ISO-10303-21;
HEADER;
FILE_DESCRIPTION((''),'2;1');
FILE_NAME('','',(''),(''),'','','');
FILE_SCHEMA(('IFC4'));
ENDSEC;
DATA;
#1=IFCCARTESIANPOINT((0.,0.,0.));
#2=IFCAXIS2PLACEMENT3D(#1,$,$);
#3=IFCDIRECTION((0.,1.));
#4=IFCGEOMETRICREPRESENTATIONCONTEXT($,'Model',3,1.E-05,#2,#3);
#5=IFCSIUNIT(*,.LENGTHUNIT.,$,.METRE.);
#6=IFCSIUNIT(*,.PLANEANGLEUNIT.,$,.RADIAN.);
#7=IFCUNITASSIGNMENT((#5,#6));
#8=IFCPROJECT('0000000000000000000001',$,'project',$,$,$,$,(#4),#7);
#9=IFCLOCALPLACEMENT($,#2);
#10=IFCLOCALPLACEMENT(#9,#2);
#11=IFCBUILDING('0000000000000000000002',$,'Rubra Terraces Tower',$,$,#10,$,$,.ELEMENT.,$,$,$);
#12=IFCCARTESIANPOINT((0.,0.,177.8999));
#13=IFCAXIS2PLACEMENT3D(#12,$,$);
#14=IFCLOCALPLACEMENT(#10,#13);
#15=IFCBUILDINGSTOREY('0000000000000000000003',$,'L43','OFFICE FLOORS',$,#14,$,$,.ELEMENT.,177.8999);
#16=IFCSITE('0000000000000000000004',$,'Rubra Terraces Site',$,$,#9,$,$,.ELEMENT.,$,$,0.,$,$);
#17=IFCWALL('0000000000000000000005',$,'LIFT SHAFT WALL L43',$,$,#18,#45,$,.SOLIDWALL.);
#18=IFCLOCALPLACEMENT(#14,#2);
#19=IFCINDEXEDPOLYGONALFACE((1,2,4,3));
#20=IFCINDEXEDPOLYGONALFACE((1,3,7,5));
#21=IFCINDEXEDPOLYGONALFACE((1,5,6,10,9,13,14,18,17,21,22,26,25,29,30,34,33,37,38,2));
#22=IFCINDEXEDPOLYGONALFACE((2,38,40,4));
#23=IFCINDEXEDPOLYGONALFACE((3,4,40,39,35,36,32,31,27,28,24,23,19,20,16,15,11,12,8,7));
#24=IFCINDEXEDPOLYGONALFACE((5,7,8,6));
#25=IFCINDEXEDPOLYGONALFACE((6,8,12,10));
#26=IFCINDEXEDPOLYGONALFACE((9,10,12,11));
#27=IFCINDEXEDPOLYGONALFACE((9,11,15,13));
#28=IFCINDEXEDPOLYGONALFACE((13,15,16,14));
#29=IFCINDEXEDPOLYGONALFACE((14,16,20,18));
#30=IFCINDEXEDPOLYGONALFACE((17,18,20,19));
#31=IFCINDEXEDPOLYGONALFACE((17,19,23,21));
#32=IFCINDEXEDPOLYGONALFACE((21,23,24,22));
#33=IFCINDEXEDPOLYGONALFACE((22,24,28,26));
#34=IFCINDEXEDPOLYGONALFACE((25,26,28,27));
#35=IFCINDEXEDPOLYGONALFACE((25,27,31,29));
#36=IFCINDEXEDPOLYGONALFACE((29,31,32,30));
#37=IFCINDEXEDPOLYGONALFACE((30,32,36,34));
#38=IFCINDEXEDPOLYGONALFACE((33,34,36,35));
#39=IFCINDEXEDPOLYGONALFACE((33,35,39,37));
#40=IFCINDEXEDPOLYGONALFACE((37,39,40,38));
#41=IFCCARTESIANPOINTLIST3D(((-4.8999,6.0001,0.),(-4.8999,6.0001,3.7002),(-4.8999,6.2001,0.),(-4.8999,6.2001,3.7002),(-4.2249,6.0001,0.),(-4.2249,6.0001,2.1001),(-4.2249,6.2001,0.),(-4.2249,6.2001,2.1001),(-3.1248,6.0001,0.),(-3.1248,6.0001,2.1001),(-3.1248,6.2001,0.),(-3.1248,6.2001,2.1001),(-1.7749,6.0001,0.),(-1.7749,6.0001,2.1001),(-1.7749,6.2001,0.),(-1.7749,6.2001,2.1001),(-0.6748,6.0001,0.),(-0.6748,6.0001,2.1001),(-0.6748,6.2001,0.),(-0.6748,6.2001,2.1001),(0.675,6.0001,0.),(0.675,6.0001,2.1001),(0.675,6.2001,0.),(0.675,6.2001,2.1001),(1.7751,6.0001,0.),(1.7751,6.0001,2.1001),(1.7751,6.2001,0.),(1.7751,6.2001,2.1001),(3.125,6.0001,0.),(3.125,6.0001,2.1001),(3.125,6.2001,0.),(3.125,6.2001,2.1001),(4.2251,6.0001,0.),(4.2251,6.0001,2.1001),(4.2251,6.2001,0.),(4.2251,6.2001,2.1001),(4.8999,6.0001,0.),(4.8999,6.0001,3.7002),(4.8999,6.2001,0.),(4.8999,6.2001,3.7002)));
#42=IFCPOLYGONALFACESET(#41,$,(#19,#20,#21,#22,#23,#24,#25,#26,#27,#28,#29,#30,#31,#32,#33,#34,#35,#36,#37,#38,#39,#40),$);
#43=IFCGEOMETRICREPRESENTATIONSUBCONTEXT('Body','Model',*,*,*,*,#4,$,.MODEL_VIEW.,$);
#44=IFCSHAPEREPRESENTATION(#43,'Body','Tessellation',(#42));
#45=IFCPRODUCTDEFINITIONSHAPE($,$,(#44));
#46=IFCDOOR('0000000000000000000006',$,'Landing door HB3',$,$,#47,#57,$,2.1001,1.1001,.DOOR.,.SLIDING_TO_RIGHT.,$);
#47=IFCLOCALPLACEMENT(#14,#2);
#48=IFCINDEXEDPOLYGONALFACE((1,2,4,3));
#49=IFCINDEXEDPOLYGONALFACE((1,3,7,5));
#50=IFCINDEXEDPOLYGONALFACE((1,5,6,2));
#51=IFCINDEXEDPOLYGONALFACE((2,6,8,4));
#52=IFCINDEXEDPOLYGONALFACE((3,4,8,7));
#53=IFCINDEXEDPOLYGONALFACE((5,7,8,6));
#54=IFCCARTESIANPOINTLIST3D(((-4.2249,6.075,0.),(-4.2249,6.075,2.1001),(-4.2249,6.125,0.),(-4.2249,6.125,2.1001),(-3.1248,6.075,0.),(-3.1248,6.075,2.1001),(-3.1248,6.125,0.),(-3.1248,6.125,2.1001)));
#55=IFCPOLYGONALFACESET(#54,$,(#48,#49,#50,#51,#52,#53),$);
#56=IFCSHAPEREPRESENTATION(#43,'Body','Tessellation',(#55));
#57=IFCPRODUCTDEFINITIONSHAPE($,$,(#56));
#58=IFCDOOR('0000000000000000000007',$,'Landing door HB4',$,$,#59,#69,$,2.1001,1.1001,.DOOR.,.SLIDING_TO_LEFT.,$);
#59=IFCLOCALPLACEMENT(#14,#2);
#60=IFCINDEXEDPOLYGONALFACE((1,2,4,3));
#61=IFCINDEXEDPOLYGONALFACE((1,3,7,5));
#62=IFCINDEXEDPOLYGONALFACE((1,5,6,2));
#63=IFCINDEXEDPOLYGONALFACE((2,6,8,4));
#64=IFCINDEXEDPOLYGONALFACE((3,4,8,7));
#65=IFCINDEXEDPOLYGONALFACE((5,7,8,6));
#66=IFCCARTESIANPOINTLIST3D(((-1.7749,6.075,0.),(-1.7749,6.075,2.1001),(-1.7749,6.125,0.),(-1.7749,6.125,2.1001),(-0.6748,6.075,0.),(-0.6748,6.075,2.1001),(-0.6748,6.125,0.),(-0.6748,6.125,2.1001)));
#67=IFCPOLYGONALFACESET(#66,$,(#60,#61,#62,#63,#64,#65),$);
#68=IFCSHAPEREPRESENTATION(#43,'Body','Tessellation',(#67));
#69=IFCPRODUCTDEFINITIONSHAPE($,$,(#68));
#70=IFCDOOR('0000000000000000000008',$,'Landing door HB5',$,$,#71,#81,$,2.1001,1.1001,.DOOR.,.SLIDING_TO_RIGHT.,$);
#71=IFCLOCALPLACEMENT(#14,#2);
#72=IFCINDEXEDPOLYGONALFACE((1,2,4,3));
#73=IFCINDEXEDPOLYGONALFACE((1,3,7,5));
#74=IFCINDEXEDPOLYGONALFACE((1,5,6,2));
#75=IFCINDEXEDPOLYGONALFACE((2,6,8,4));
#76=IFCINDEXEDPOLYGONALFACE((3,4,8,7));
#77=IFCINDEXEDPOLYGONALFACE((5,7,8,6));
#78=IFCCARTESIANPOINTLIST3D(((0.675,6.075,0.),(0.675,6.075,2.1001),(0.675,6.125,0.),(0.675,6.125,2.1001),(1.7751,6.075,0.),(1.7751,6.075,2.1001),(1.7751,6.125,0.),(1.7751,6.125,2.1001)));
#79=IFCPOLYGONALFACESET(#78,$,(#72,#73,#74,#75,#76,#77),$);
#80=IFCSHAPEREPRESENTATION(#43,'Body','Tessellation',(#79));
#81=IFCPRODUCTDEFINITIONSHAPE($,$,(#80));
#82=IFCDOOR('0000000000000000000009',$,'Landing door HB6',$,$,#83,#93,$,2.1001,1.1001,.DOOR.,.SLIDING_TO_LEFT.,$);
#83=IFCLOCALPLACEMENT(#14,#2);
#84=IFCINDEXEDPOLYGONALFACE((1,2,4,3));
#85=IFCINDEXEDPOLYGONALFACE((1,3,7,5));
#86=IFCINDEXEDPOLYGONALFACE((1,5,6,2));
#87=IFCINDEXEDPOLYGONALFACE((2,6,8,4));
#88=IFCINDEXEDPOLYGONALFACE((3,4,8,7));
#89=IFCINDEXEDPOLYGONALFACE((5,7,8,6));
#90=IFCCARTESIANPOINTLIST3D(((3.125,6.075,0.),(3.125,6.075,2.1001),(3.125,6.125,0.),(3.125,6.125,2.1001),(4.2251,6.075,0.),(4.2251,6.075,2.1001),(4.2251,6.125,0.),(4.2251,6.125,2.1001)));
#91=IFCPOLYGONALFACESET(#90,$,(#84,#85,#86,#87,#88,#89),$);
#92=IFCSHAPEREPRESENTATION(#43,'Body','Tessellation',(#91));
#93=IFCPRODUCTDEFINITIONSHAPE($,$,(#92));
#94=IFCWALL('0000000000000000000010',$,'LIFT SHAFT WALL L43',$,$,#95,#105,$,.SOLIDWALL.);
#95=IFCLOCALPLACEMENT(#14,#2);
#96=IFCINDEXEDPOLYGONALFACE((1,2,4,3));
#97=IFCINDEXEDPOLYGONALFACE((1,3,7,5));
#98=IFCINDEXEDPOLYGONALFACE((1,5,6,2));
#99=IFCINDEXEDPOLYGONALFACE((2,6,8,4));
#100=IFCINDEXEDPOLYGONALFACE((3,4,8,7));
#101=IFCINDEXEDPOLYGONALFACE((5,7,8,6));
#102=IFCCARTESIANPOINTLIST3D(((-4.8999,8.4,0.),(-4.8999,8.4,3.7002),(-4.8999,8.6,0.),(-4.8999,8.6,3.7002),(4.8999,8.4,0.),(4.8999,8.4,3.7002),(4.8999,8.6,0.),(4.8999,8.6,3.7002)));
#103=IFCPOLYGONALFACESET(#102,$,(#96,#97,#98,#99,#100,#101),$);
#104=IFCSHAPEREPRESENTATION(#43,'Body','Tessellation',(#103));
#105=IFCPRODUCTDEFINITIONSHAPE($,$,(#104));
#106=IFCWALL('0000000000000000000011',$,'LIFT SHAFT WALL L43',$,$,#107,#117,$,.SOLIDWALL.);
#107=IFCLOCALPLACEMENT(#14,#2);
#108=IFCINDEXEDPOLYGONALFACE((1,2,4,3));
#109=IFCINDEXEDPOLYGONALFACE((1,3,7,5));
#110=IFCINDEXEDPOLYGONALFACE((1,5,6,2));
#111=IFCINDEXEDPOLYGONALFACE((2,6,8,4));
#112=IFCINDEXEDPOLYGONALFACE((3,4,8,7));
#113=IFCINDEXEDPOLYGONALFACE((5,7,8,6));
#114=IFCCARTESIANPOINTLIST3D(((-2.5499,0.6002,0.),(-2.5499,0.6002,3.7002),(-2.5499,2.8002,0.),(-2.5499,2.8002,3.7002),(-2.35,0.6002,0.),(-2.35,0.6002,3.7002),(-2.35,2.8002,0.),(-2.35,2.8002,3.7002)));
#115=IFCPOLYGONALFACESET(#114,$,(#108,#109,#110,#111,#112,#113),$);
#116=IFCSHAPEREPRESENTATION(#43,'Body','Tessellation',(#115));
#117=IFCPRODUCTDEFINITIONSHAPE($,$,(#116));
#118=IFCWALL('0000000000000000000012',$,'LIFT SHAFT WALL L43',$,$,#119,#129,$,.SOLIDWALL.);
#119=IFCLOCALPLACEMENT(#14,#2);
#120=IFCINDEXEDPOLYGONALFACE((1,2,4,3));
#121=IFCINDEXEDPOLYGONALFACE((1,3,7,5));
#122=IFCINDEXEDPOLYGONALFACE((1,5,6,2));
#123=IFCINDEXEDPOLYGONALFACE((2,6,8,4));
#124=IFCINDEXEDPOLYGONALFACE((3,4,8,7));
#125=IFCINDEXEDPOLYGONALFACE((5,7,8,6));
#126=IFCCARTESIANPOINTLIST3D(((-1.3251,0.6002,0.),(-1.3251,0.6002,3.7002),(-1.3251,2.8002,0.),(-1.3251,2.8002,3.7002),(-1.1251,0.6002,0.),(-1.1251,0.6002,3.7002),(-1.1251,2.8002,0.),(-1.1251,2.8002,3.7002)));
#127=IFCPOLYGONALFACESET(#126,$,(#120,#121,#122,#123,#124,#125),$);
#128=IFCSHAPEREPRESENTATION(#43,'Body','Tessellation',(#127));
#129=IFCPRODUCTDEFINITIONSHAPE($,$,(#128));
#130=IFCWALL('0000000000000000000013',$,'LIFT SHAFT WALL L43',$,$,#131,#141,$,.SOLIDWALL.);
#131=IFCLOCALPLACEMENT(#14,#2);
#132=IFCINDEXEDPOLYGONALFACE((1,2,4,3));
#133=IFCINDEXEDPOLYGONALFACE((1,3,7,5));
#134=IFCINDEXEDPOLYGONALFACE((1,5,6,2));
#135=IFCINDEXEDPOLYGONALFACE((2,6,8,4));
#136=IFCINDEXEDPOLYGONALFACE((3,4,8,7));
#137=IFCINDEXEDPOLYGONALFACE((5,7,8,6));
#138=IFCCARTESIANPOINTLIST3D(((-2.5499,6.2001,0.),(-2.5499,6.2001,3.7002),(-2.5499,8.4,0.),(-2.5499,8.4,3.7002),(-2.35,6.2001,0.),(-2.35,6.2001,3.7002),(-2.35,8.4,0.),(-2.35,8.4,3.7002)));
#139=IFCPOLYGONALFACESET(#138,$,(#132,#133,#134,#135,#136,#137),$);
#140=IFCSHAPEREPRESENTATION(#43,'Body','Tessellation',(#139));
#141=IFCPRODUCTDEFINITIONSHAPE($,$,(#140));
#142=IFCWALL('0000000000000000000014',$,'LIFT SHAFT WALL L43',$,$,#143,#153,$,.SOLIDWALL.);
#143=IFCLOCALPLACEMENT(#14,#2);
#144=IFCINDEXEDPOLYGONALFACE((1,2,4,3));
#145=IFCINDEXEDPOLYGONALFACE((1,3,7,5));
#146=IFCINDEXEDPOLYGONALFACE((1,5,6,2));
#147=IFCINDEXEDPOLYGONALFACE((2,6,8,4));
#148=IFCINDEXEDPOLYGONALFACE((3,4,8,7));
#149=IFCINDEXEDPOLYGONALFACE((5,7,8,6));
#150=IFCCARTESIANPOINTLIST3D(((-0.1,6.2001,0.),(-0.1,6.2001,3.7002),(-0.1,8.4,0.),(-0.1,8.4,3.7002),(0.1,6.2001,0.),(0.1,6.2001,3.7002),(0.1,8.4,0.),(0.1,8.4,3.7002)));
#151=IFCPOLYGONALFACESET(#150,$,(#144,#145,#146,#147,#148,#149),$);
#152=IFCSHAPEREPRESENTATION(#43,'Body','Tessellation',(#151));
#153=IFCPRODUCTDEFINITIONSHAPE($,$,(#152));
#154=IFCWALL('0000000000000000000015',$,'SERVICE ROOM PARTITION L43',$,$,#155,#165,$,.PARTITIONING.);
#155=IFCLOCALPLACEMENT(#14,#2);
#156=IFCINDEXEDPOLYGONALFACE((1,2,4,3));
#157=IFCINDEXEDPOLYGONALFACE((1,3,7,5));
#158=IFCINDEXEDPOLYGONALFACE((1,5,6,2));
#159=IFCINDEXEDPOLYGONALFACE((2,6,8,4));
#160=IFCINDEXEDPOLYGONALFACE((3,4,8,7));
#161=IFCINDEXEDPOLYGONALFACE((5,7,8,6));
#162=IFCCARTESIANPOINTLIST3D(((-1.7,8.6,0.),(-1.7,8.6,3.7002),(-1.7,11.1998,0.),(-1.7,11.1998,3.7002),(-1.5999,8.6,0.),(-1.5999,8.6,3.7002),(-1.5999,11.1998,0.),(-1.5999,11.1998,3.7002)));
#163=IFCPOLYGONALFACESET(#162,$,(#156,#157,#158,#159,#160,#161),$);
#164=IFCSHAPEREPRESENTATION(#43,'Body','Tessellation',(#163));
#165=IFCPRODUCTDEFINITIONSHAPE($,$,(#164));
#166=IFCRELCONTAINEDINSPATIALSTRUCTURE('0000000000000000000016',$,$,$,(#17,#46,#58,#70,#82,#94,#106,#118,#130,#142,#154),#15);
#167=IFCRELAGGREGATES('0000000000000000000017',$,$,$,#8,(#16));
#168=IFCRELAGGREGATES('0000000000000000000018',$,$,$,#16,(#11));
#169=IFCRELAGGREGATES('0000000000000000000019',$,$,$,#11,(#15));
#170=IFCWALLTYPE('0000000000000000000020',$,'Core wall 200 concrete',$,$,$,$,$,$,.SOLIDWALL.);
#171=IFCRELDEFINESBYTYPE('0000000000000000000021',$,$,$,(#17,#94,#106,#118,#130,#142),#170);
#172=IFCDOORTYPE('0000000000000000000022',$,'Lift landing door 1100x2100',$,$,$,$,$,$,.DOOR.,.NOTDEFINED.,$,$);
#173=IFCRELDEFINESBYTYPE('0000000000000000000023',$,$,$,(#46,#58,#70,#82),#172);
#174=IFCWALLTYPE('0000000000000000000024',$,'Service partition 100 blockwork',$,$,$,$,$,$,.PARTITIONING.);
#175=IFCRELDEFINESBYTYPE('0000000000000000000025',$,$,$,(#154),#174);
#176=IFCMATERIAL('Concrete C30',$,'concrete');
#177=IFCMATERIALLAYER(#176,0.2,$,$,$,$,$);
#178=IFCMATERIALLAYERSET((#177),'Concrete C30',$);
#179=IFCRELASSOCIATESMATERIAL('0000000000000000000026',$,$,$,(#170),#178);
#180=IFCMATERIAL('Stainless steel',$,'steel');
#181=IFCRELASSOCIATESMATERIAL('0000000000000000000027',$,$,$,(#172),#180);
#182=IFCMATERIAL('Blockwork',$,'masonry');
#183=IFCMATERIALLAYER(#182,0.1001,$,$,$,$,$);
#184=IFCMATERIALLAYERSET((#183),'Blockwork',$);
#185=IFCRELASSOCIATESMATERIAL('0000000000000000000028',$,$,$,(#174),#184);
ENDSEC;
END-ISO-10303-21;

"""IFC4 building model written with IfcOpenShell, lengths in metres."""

from ifc_helpers import new_model, si_unit, direction, frame, frame_2d, origin, place, context, subcontext, project, spatial, rectangle, extrude, material, layer, layer_set, type_object, element, fill, save


model = new_model("IFC4")

# Units and contexts
model_context = context("Model", 3, precision=1e-05, world=origin(), true_north=direction((0.0, 1.0)))
body_context = subcontext(model_context, "Body", "Model", "MODEL_VIEW")
ifc_project = project(units=[si_unit("LENGTHUNIT", "METRE"), si_unit("PLANEANGLEUNIT", "RADIAN")], contexts=[model_context])

# Site, building, storey
site_placement = place(None, origin())
site = spatial("IfcSite", under=ifc_project, at=site_placement, Name="Rubra Terraces Site", CompositionType="ELEMENT", RefElevation=0.0)
building_placement = place(site_placement, origin())
building = spatial("IfcBuilding", under=site, at=building_placement, Name="Rubra Terraces Tower", CompositionType="ELEMENT")
storey_placement = place(building_placement, frame((0.0, 0.0, 177.8999)))
storey = spatial("IfcBuildingStorey", under=building, at=storey_placement, Name="L43", Description="OFFICE FLOORS", CompositionType="ELEMENT", Elevation=177.8999)

# Shared definitions
ifc_material_1 = material(Name="Concrete C30", Category="concrete")
ifc_layer_1 = layer(ifc_material_1, 0.2)
ifc_layer_set_1 = layer_set([ifc_layer_1], Name="Concrete C30")
wall_type_1 = type_object("IfcWallType", Name="Core wall 200 concrete", PredefinedType="SOLIDWALL", material=ifc_layer_set_1)

# Wall, openings, doors
ifc_material_2 = material(Name="Stainless steel", Category="steel")
door_type_1 = type_object("IfcDoorType", Name="Lift landing door 1100x2100", OperationType="NOTDEFINED", PredefinedType="DOOR", material=ifc_material_2)
wall_1_placement = place(storey_placement, frame((-4.8999, 6.1001, 0.0), z_axis=(0.0, 0.0, 1.0), x_axis=(1.0, 0.0, 0.0)))
wall_1 = element("IfcWall", 1, at=wall_1_placement, inside=storey, type_object=wall_type_1, Name="LIFT SHAFT WALL L43", PredefinedType="SOLIDWALL", context=body_context, shape_type="SweptSolid", body=[
    extrude(rectangle(XDim=9.7998, YDim=0.2, at=frame_2d((4.8999, 0.0))), origin(), (0.0, 0.0, 1.0), 3.7002),
])
opening_1_placement = place(wall_1_placement, frame((0.675, 0.0, 0.0)))
opening_1 = element("IfcOpeningElement", 2, at=opening_1_placement, cuts=wall_1, PredefinedType="OPENING", context=body_context, shape_type="SweptSolid", body=[
    extrude(rectangle(XDim=1.1001, YDim=2.1001, at=frame_2d((0.55, 1.05))), frame((0.0, 0.1099, 0.0), z_axis=(0.0, -1.0, 0.0), x_axis=(1.0, 0.0, 0.0)), (0.0, 0.0, 1.0), 0.22),
])
opening_2_placement = place(wall_1_placement, frame((3.125, 0.0, 0.0)))
opening_2 = element("IfcOpeningElement", 3, at=opening_2_placement, cuts=wall_1, PredefinedType="OPENING", context=body_context, shape_type="SweptSolid", body=[
    extrude(rectangle(XDim=1.1001, YDim=2.1001, at=frame_2d((0.55, 1.05))), frame((0.0, 0.1099, 0.0), z_axis=(0.0, -1.0, 0.0), x_axis=(1.0, 0.0, 0.0)), (0.0, 0.0, 1.0), 0.22),
])
opening_3_placement = place(wall_1_placement, frame((5.575, 0.0, 0.0)))
opening_3 = element("IfcOpeningElement", 4, at=opening_3_placement, cuts=wall_1, PredefinedType="OPENING", context=body_context, shape_type="SweptSolid", body=[
    extrude(rectangle(XDim=1.1001, YDim=2.1001, at=frame_2d((0.55, 1.05))), frame((0.0, 0.1099, 0.0), z_axis=(0.0, -1.0, 0.0), x_axis=(1.0, 0.0, 0.0)), (0.0, 0.0, 1.0), 0.22),
])
opening_4_placement = place(wall_1_placement, frame((8.0249, 0.0, 0.0)))
opening_4 = element("IfcOpeningElement", 5, at=opening_4_placement, cuts=wall_1, PredefinedType="OPENING", context=body_context, shape_type="SweptSolid", body=[
    extrude(rectangle(XDim=1.1001, YDim=2.1001, at=frame_2d((0.55, 1.05))), frame((0.0, 0.1099, 0.0), z_axis=(0.0, -1.0, 0.0), x_axis=(1.0, 0.0, 0.0)), (0.0, 0.0, 1.0), 0.22),
])
door_1_placement = place(opening_1_placement, origin())
door_1 = element("IfcDoor", 6, at=door_1_placement, inside=storey, type_object=door_type_1, Name="Landing door HB3", OperationType="SLIDING_TO_RIGHT", OverallHeight=2.1001, OverallWidth=1.1001, PredefinedType="DOOR", context=body_context, shape_type="SweptSolid", body=[
    extrude(rectangle(XDim=1.1001, YDim=2.1001, at=frame_2d((0.55, 1.05))), frame((0.0, 0.0249, 0.0), z_axis=(0.0, -1.0, 0.0), x_axis=(1.0, 0.0, 0.0)), (0.0, 0.0, 1.0), 0.05),
])
fill(opening_1, door_1)
door_2_placement = place(opening_2_placement, origin())
door_2 = element("IfcDoor", 7, at=door_2_placement, inside=storey, type_object=door_type_1, Name="Landing door HB4", OperationType="SLIDING_TO_LEFT", OverallHeight=2.1001, OverallWidth=1.1001, PredefinedType="DOOR", context=body_context, shape_type="SweptSolid", body=[
    extrude(rectangle(XDim=1.1001, YDim=2.1001, at=frame_2d((0.55, 1.05))), frame((0.0, 0.0249, 0.0), z_axis=(0.0, -1.0, 0.0), x_axis=(1.0, 0.0, 0.0)), (0.0, 0.0, 1.0), 0.05),
])
fill(opening_2, door_2)
door_3_placement = place(opening_3_placement, origin())
door_3 = element("IfcDoor", 8, at=door_3_placement, inside=storey, type_object=door_type_1, Name="Landing door HB5", OperationType="SLIDING_TO_RIGHT", OverallHeight=2.1001, OverallWidth=1.1001, PredefinedType="DOOR", context=body_context, shape_type="SweptSolid", body=[
    extrude(rectangle(XDim=1.1001, YDim=2.1001, at=frame_2d((0.55, 1.05))), frame((0.0, 0.0249, 0.0), z_axis=(0.0, -1.0, 0.0), x_axis=(1.0, 0.0, 0.0)), (0.0, 0.0, 1.0), 0.05),
])
fill(opening_3, door_3)
door_4_placement = place(opening_4_placement, origin())
door_4 = element("IfcDoor", 9, at=door_4_placement, inside=storey, type_object=door_type_1, Name="Landing door HB6", OperationType="SLIDING_TO_LEFT", OverallHeight=2.1001, OverallWidth=1.1001, PredefinedType="DOOR", context=body_context, shape_type="SweptSolid", body=[
    extrude(rectangle(XDim=1.1001, YDim=2.1001, at=frame_2d((0.55, 1.05))), frame((0.0, 0.0249, 0.0), z_axis=(0.0, -1.0, 0.0), x_axis=(1.0, 0.0, 0.0)), (0.0, 0.0, 1.0), 0.05),
])
fill(opening_4, door_4)

# Walls
wall_2_placement = place(storey_placement, frame((-4.8999, 8.5, 0.0), z_axis=(0.0, 0.0, 1.0), x_axis=(1.0, 0.0, 0.0)))
element("IfcWall", 10, at=wall_2_placement, inside=storey, type_object=wall_type_1, Name="LIFT SHAFT WALL L43", PredefinedType="SOLIDWALL", context=body_context, shape_type="SweptSolid", body=[
    extrude(rectangle(XDim=9.7998, YDim=0.2, at=frame_2d((4.8999, 0.0))), origin(), (0.0, 0.0, 1.0), 3.7002),
])
for number, where, z_axis, x_axis, name in (
    (11, (-2.45, 0.6001, 0.0), (0.0, 0.0, 1.0), (0.0, 1.0, 0.0), "LIFT SHAFT WALL L43"),
    (12, (-1.2251, 0.6001, 0.0), (0.0, 0.0, 1.0), (0.0, 1.0, 0.0), "LIFT SHAFT WALL L43"),
    (13, (-2.45, 6.2, 0.0), (0.0, 0.0, 1.0), (0.0, 1.0, 0.0), "LIFT SHAFT WALL L43"),
    (14, (0.0, 6.2, 0.0), (0.0, 0.0, 1.0), (0.0, 1.0, 0.0), "LIFT SHAFT WALL L43"),
):
    element("IfcWall", number, at=place(storey_placement, frame(where, z_axis=z_axis, x_axis=x_axis)), inside=storey, type_object=wall_type_1, Name=name, PredefinedType="SOLIDWALL", context=body_context, shape_type="SweptSolid", body=[
        extrude(rectangle(XDim=2.2, YDim=0.2, at=frame_2d((1.1001, 0.0))), origin(), (0.0, 0.0, 1.0), 3.7002),
    ])
ifc_material_3 = material(Name="Blockwork", Category="masonry")
ifc_layer_2 = layer(ifc_material_3, 0.1001)
ifc_layer_set_2 = layer_set([ifc_layer_2], Name="Blockwork")
wall_type_2 = type_object("IfcWallType", Name="Service partition 100 blockwork", PredefinedType="PARTITIONING", material=ifc_layer_set_2)
wall_3_placement = place(storey_placement, frame((-1.6499, 8.6001, 0.0), z_axis=(0.0, 0.0, 1.0), x_axis=(0.0, 1.0, 0.0)))
element("IfcWall", 15, at=wall_3_placement, inside=storey, type_object=wall_type_2, Name="SERVICE ROOM PARTITION L43", PredefinedType="PARTITIONING", context=body_context, shape_type="SweptSolid", body=[
    extrude(rectangle(XDim=2.5999, YDim=0.1001, at=frame_2d((1.2998, 0.0))), origin(), (0.0, 0.0, 1.0), 3.7002),
])

save(model, "model.ifc")
